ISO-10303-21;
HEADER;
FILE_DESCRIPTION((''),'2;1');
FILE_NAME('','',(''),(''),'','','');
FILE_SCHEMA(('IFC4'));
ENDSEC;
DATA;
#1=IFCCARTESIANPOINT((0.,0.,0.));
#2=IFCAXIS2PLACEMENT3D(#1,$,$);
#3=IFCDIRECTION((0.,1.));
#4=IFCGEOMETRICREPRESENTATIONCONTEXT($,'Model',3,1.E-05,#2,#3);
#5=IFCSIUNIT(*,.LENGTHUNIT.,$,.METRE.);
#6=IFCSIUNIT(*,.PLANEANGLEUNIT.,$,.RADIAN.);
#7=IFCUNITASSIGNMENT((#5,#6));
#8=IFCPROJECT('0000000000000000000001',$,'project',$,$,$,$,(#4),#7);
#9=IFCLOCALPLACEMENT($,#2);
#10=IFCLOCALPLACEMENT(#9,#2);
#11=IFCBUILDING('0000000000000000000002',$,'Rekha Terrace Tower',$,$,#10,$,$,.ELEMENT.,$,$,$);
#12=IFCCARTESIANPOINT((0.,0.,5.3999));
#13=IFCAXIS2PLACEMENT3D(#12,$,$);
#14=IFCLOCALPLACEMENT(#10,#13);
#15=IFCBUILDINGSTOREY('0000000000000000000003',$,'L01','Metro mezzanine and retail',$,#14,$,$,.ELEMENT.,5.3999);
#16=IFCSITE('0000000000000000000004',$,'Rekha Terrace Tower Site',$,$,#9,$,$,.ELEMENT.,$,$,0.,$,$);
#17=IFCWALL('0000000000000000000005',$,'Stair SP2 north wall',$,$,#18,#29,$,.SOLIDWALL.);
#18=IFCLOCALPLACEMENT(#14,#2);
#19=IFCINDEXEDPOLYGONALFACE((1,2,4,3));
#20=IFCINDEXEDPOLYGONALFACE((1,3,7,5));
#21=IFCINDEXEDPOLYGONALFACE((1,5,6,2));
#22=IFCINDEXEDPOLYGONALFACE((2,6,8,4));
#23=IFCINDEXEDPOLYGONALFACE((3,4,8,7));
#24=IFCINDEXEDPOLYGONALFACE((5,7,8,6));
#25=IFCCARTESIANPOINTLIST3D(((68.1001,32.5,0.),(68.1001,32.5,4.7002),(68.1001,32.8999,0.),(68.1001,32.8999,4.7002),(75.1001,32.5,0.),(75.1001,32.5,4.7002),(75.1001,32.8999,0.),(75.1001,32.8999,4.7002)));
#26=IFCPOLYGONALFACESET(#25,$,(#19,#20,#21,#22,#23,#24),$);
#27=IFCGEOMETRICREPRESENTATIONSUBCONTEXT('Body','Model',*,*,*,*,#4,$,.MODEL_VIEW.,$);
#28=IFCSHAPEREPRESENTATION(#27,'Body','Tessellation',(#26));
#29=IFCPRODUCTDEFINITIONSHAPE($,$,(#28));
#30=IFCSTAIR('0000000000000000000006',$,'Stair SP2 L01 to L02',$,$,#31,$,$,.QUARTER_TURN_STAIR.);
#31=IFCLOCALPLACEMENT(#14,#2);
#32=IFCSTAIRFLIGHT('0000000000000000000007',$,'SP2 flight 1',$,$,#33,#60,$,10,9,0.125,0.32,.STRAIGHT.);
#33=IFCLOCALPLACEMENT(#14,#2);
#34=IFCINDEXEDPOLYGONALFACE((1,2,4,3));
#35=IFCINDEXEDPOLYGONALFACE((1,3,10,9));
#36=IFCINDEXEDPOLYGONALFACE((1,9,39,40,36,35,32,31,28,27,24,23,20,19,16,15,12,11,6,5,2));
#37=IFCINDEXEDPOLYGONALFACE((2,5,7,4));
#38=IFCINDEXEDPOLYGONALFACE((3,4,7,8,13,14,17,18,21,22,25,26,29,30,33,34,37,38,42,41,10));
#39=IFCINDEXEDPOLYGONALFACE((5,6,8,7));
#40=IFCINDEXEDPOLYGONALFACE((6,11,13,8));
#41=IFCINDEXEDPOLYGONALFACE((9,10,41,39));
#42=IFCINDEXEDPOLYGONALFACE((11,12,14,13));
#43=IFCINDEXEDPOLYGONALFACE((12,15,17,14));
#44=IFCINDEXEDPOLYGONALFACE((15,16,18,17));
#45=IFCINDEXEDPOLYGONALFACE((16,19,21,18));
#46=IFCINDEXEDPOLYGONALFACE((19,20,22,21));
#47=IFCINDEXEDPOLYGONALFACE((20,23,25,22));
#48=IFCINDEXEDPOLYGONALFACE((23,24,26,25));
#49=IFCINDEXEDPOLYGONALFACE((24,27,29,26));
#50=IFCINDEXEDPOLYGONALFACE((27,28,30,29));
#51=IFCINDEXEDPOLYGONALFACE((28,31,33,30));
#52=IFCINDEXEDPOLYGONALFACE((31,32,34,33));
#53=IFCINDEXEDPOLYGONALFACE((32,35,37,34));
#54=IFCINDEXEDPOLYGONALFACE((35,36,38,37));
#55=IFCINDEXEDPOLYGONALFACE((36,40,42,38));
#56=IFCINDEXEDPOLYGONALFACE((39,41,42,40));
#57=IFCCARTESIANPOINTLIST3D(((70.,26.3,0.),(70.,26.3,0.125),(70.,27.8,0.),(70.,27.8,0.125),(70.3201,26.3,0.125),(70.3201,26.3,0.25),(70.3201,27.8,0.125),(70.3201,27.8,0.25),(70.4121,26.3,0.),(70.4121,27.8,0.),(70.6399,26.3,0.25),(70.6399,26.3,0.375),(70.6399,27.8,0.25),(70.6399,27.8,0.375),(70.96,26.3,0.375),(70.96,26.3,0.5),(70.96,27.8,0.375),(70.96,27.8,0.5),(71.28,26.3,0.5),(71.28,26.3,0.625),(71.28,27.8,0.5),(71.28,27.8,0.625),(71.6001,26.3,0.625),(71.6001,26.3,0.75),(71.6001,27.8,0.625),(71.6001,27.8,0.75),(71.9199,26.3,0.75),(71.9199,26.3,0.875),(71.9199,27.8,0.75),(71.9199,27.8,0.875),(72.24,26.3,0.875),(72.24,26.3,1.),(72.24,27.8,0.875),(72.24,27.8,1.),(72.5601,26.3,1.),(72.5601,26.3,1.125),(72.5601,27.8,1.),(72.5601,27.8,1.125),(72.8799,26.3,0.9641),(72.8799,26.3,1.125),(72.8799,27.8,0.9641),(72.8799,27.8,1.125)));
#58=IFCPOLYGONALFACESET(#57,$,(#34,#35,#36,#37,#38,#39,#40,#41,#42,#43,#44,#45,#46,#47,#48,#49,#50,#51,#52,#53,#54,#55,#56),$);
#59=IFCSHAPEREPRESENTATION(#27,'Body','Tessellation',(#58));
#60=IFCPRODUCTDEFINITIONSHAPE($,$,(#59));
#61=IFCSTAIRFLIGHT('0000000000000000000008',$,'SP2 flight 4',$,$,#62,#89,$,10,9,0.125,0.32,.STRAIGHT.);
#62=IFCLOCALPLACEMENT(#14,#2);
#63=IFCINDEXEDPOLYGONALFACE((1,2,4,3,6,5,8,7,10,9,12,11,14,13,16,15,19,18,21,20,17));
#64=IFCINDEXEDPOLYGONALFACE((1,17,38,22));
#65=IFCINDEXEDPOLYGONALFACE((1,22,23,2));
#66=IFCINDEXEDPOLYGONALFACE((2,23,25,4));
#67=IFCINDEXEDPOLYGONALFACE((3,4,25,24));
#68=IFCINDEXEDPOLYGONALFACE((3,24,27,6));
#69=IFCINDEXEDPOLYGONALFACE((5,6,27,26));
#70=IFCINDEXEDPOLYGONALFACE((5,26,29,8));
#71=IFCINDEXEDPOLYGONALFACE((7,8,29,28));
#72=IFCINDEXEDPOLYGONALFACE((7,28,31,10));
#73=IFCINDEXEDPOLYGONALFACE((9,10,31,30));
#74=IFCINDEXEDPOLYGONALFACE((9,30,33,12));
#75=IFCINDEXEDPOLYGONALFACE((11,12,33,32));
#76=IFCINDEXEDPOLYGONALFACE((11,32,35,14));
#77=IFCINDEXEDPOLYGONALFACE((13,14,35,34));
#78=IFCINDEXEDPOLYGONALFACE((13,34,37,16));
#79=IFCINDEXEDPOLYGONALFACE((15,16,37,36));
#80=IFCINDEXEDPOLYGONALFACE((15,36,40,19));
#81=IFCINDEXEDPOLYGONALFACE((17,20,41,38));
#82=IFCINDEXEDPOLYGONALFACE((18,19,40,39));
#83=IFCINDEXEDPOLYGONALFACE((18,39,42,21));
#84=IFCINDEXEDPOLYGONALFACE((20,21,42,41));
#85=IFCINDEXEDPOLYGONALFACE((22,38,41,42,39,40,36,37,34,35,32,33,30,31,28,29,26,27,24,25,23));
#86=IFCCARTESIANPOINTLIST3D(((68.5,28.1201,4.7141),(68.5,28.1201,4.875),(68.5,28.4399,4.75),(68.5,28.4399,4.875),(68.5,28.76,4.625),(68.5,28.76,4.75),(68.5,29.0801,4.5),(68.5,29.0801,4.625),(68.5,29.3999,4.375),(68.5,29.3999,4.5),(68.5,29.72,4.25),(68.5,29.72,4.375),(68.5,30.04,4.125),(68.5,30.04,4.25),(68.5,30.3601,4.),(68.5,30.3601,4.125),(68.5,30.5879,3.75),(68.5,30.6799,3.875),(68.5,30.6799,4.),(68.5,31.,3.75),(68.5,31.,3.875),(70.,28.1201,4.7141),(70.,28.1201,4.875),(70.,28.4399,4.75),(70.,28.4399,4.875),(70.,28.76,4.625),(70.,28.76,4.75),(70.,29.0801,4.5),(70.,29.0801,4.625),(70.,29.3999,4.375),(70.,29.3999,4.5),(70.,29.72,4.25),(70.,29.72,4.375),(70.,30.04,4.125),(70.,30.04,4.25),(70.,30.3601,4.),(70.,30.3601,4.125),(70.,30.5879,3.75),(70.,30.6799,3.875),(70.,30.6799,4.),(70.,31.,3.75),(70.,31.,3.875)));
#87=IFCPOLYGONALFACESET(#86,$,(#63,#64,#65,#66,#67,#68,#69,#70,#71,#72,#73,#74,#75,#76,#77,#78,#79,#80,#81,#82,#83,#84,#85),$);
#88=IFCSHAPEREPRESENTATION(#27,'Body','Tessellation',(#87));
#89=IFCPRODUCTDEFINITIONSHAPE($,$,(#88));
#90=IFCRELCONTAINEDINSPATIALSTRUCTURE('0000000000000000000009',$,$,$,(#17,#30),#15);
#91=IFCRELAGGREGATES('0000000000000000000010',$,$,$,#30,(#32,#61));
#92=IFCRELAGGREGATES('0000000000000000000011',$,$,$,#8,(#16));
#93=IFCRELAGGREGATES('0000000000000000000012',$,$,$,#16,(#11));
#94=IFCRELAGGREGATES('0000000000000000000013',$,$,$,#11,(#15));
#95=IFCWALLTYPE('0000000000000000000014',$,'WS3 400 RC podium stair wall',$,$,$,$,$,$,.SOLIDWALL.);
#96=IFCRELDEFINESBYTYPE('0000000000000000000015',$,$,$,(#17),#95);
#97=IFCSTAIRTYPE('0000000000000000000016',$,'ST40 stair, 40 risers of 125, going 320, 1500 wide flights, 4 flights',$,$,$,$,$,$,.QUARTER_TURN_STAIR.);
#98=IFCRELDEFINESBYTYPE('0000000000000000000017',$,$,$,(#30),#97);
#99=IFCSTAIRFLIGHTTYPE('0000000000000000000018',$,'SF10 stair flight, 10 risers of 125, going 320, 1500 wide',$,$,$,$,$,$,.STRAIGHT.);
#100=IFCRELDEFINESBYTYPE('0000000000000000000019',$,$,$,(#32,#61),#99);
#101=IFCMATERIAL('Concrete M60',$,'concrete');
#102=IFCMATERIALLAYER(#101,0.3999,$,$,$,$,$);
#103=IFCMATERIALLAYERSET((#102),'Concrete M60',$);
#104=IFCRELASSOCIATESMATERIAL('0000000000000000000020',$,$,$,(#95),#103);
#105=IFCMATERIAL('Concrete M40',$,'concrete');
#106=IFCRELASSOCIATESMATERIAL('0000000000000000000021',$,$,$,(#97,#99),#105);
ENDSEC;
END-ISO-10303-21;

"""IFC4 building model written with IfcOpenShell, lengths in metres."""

from ifc_helpers import new_model, si_unit, direction, frame, frame_2d, origin, place, context, subcontext, project, spatial, polyline, rectangle, outline, extrude, material, layer, layer_set, type_object, element, aggregate, save


model = new_model("IFC4")

# Units and contexts
model_context = context("Model", 3, precision=1e-05, world=origin(), true_north=direction((0.0, 1.0)))
body_context = subcontext(model_context, "Body", "Model", "MODEL_VIEW")
ifc_project = project(units=[si_unit("LENGTHUNIT", "METRE"), si_unit("PLANEANGLEUNIT", "RADIAN")], contexts=[model_context])

# Site, building, storey
site_placement = place(None, origin())
site = spatial("IfcSite", under=ifc_project, at=site_placement, Name="Rekha Terrace Tower Site", CompositionType="ELEMENT", RefElevation=0.0)
building_placement = place(site_placement, origin())
building = spatial("IfcBuilding", under=site, at=building_placement, Name="Rekha Terrace Tower", CompositionType="ELEMENT")
storey_placement = place(building_placement, frame((0.0, 0.0, 5.3999)))
storey = spatial("IfcBuildingStorey", under=building, at=storey_placement, Name="L01", Description="Metro mezzanine and retail", CompositionType="ELEMENT", Elevation=5.3999)

# Shared definitions
ifc_material_1 = material(Name="Concrete M60", Category="concrete")

# Wall
ifc_layer_1 = layer(ifc_material_1, 0.3999)
ifc_layer_set_1 = layer_set([ifc_layer_1], Name="Concrete M60")
wall_type_1 = type_object("IfcWallType", Name="WS3 400 RC podium stair wall", PredefinedType="SOLIDWALL", material=ifc_layer_set_1)
wall_1_placement = place(storey_placement, frame((68.1001, 32.7, 0.0), z_axis=(0.0, 0.0, 1.0), x_axis=(1.0, 0.0, 0.0)))
element("IfcWall", 1, at=wall_1_placement, inside=storey, type_object=wall_type_1, Name="Stair SP2 north wall", PredefinedType="SOLIDWALL", context=body_context, shape_type="SweptSolid", body=[
    extrude(rectangle(XDim=7.0, YDim=0.3999, at=frame_2d((3.5, 0.0))), origin(), (0.0, 0.0, 1.0), 4.7002),
])

# Stair, stair flights
ifc_material_2 = material(Name="Concrete M40", Category="concrete")
stair_type = type_object("IfcStairType", Name="ST40 stair, 40 risers of 125, going 320, 1500 wide flights, 4 flights", PredefinedType="QUARTER_TURN_STAIR", material=ifc_material_2)
stair_placement = place(storey_placement, origin())
stair = element("IfcStair", 2, at=stair_placement, inside=storey, type_object=stair_type, Name="Stair SP2 L01 to L02", PredefinedType="QUARTER_TURN_STAIR")
stair_flight_type = type_object("IfcStairFlightType", Name="SF10 stair flight, 10 risers of 125, going 320, 1500 wide", PredefinedType="STRAIGHT", material=ifc_material_2)
stair_flight_1_placement = place(storey_placement, frame((70.0, 27.05, 0.0), z_axis=(0.0, 0.0, 1.0), x_axis=(1.0, 0.0, 0.0)))
stair_flight_1 = element("IfcStairFlight", 3, at=stair_flight_1_placement, type_object=stair_flight_type, Name="SP2 flight 1", NumberOfRisers=10, NumberOfTreads=9, PredefinedType="STRAIGHT", RiserHeight=0.125, TreadLength=0.32, context=body_context, shape_type="SweptSolid", body=[
    extrude(outline(polyline([(0.0, 0.0), (0.0, 0.125), (0.3201, 0.125), (0.3201, 0.25), (0.6399, 0.25), (0.6399, 0.375), (0.96, 0.375), (0.96, 0.5), (1.28, 0.5), (1.28, 0.625), (1.6001, 0.625), (1.6001, 0.75), (1.9199, 0.75), (1.9199, 0.875), (2.24, 0.875), (2.24, 1.0), (2.5601, 1.0), (2.5601, 1.125), (2.8799, 1.125), (2.8799, 1.25), (2.8799, 0.9641), (0.4121, 0.0), (0.0, 0.0)])), frame((0.0, 0.75, 0.0), z_axis=(0.0, -1.0, 0.0), x_axis=(1.0, 0.0, 0.0)), (0.0, 0.0, 1.0), 1.5),
])
stair_flight_2_placement = place(storey_placement, frame((69.25, 31.0, 3.75), z_axis=(0.0, 0.0, 1.0), x_axis=(0.0, -1.0, 0.0)))
stair_flight_2 = element("IfcStairFlight", 4, at=stair_flight_2_placement, type_object=stair_flight_type, Name="SP2 flight 4", NumberOfRisers=10, NumberOfTreads=9, PredefinedType="STRAIGHT", RiserHeight=0.125, TreadLength=0.32, context=body_context, shape_type="SweptSolid", body=[
    extrude(outline(polyline([(0.0, 0.0), (0.0, 0.125), (0.3201, 0.125), (0.3201, 0.25), (0.6399, 0.25), (0.6399, 0.375), (0.96, 0.375), (0.96, 0.5), (1.28, 0.5), (1.28, 0.625), (1.6001, 0.625), (1.6001, 0.75), (1.9199, 0.75), (1.9199, 0.875), (2.24, 0.875), (2.24, 1.0), (2.5601, 1.0), (2.5601, 1.125), (2.8799, 1.125), (2.8799, 1.25), (2.8799, 0.9641), (0.4121, 0.0), (0.0, 0.0)])), frame((0.0, 0.75, 0.0), z_axis=(0.0, -1.0, 0.0), x_axis=(1.0, 0.0, 0.0)), (0.0, 0.0, 1.0), 1.5),
])
aggregate(stair, [stair_flight_1, stair_flight_2])

save(model, "model.ifc")
